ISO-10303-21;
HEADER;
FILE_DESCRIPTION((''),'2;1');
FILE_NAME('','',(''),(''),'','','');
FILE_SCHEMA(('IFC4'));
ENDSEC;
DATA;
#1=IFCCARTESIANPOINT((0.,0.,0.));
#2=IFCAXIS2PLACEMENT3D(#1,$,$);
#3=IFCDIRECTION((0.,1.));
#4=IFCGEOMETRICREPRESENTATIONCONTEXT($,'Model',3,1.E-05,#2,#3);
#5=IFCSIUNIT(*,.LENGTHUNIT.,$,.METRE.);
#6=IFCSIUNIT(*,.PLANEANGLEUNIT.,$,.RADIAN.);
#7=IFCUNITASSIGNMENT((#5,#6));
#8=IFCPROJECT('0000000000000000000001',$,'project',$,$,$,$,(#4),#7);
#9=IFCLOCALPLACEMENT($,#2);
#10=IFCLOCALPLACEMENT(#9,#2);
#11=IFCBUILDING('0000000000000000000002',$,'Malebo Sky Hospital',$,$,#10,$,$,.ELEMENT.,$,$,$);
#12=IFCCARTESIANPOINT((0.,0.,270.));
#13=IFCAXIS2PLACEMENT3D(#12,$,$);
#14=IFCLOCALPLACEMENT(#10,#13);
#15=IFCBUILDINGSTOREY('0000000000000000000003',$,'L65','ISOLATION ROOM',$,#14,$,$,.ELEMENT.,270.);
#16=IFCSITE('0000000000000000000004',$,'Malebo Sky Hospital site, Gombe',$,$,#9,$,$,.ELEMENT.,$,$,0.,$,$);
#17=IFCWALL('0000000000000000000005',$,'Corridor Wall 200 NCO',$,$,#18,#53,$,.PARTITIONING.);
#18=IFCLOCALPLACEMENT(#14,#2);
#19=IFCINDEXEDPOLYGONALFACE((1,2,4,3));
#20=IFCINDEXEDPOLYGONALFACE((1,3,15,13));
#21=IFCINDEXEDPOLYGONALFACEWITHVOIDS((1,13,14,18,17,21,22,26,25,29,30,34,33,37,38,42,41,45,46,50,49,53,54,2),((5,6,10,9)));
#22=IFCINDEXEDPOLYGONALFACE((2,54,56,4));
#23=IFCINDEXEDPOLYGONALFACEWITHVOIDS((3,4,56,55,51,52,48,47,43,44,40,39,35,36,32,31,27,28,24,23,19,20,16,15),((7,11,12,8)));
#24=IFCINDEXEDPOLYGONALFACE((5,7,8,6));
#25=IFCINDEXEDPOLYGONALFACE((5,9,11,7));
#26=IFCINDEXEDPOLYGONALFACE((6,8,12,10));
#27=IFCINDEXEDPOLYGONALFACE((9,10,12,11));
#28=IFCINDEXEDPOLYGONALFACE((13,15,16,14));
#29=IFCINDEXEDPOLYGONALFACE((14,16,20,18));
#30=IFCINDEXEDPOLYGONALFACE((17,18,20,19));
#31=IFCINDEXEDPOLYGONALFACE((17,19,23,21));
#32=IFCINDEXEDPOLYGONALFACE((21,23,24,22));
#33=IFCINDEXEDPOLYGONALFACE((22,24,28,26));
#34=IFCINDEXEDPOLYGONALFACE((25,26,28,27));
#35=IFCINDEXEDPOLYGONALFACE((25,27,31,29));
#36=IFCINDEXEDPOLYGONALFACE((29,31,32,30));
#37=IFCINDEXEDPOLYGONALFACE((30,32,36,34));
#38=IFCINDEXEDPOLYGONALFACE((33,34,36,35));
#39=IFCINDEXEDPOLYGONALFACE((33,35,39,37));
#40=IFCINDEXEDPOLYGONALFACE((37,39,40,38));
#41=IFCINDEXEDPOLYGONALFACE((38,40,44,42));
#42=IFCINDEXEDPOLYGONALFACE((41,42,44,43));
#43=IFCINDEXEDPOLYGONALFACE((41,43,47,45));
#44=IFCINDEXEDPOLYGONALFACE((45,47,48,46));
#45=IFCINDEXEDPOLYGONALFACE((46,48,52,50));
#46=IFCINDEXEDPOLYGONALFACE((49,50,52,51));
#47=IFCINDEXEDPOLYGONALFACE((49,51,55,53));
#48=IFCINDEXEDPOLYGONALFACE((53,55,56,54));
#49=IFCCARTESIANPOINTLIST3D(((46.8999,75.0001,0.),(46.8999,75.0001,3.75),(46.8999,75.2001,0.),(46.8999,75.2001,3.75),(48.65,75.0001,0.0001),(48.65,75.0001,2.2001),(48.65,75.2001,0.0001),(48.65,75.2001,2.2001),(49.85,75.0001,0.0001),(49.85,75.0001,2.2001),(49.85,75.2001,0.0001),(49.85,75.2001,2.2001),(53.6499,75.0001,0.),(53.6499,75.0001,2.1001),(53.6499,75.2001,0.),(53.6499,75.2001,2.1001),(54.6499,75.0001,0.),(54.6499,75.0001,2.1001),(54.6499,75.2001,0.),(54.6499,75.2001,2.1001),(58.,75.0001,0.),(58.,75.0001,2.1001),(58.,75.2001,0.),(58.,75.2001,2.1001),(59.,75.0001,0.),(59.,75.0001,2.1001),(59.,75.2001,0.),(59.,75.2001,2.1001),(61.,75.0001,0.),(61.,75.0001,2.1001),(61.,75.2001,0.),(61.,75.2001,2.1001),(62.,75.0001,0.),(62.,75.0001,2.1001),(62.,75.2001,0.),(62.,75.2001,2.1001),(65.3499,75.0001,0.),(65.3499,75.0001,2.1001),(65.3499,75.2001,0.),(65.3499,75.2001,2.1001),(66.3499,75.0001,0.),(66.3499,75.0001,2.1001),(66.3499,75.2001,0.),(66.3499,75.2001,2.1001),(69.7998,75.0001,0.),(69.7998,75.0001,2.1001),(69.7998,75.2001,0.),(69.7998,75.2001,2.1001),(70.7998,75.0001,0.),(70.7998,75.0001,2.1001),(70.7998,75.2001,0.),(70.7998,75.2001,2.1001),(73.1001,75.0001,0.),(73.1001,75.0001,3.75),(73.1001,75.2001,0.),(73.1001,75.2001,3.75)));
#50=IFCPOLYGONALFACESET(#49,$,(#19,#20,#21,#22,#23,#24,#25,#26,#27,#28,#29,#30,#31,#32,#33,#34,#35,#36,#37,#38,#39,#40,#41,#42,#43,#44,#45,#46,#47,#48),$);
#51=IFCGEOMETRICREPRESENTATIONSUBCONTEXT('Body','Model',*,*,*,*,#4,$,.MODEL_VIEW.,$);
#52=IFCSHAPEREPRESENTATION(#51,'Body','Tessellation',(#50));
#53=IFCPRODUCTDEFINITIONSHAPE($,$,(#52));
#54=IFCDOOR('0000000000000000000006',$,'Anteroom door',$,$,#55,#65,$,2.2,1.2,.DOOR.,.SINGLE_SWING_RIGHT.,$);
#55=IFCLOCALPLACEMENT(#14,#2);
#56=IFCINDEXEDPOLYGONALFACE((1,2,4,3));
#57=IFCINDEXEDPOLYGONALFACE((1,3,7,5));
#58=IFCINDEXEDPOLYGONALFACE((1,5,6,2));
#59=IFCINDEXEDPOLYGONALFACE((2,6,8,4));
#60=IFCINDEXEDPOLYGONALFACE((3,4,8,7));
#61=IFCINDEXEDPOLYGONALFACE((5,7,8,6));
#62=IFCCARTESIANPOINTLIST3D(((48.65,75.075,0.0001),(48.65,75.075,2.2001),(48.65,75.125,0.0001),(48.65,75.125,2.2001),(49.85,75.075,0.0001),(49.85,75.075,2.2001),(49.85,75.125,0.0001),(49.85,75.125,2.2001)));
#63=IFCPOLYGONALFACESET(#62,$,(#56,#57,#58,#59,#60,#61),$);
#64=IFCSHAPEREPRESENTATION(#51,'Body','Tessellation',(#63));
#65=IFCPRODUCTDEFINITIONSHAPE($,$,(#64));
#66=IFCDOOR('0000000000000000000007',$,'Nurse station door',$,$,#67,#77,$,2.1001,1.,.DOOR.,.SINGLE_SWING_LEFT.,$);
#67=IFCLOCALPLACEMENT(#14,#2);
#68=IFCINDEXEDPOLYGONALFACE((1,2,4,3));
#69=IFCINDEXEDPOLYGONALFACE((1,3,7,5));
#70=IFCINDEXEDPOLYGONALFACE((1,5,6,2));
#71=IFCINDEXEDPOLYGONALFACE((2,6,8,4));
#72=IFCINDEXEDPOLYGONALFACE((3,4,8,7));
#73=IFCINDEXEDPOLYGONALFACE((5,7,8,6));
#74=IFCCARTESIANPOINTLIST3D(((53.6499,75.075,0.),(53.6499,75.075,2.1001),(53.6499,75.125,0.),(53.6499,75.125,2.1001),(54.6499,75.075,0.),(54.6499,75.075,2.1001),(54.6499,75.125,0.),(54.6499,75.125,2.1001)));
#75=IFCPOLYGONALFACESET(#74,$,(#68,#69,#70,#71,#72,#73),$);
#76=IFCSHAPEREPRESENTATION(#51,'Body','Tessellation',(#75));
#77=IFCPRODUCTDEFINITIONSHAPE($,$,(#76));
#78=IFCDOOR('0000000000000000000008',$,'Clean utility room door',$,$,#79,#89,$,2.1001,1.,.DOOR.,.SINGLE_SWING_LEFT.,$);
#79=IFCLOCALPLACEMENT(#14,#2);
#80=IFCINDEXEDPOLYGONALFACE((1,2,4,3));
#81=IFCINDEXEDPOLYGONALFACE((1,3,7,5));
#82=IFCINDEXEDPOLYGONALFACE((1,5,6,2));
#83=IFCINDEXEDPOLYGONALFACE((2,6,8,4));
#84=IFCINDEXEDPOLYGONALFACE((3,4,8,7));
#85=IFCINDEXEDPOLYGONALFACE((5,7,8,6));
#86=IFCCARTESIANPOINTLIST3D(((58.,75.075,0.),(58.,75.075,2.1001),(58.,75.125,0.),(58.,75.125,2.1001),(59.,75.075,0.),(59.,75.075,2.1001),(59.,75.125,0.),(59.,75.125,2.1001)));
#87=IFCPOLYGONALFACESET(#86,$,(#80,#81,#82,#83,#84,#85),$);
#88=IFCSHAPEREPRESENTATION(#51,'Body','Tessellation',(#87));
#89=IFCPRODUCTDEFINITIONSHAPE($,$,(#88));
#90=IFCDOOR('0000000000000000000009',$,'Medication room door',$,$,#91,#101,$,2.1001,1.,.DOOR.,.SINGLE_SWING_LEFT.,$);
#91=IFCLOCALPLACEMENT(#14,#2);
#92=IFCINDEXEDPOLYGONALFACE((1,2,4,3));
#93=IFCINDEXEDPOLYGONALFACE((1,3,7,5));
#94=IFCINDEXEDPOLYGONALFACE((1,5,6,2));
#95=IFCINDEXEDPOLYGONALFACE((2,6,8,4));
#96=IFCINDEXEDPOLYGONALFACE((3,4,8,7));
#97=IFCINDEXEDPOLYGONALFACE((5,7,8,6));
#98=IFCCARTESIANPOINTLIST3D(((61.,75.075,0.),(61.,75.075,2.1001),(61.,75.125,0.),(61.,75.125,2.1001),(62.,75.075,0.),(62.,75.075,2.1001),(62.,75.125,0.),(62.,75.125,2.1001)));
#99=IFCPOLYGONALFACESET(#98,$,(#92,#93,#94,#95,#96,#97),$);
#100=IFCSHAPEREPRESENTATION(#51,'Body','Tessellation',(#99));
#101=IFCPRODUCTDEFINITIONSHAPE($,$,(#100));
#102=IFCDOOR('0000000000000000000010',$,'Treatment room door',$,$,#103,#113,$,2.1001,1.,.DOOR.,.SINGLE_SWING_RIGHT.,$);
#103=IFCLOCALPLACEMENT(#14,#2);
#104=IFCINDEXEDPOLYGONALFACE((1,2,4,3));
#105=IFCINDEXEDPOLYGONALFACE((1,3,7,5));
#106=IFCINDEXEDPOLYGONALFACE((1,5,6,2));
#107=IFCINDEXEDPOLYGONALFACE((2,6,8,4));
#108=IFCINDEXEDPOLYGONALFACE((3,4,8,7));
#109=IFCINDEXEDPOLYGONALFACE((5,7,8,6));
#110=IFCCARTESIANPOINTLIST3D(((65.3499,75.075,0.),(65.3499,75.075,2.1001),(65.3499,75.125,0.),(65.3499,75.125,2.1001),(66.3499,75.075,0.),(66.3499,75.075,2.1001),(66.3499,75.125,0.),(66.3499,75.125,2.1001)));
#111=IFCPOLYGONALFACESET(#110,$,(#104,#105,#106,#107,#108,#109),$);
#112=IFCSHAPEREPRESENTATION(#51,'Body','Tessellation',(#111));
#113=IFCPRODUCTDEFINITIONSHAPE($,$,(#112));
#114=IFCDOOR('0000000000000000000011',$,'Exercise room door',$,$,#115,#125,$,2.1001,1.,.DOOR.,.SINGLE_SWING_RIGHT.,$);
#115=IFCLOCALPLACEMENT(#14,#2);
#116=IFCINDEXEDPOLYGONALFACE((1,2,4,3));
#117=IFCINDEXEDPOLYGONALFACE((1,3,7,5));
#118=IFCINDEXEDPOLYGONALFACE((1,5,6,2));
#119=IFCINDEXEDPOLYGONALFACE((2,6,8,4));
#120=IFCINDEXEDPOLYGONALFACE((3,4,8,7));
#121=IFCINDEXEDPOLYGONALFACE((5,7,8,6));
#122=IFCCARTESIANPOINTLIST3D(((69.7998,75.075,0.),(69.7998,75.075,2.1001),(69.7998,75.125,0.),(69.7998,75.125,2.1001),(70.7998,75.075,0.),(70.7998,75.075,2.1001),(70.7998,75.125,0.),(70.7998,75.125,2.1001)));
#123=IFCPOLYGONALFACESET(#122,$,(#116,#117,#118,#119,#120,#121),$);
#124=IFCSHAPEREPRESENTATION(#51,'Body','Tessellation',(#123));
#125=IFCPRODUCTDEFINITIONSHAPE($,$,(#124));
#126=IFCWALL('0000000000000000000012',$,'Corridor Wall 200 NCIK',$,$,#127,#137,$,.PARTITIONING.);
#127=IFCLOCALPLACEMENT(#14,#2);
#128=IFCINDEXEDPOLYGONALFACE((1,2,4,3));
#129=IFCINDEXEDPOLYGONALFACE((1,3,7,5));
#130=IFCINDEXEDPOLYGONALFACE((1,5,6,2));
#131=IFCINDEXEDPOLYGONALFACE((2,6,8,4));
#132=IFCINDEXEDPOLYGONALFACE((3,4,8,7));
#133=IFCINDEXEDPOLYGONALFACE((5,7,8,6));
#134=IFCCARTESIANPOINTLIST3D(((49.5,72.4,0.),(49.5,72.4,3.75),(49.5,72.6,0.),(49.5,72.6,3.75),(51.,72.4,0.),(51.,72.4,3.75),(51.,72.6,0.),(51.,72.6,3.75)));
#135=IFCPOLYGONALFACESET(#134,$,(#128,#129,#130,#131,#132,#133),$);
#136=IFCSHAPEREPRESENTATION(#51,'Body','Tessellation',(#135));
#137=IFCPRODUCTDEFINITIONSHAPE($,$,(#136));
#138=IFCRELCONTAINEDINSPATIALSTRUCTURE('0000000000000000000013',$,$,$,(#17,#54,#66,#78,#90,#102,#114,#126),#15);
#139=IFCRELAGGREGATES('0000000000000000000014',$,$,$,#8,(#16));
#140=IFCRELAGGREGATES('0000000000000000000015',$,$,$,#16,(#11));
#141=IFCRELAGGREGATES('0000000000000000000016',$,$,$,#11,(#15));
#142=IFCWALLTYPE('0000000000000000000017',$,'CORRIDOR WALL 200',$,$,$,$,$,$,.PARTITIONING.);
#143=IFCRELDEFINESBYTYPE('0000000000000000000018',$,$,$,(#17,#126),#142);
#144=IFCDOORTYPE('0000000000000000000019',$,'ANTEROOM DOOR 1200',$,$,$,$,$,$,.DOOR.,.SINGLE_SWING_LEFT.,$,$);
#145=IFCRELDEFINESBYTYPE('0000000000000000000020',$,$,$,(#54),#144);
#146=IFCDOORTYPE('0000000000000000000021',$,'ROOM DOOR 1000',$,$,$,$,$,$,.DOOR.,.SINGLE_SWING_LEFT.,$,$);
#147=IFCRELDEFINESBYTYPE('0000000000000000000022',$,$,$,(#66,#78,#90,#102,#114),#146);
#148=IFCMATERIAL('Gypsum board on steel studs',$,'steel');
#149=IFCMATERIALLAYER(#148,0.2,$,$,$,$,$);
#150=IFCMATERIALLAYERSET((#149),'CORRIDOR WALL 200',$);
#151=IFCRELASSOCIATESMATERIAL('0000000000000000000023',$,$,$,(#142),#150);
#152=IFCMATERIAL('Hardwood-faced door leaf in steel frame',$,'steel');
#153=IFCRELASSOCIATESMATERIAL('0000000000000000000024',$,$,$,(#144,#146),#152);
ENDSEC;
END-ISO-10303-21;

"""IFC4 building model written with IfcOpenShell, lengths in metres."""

from ifc_helpers import new_model, si_unit, direction, frame, frame_2d, origin, place, context, subcontext, project, spatial, rectangle, extrude, material, layer, layer_set, type_object, element, fill, save


model = new_model("IFC4")

# Units and contexts
model_context = context("Model", 3, precision=1e-05, world=origin(), true_north=direction((0.0, 1.0)))
body_context = subcontext(model_context, "Body", "Model", "MODEL_VIEW")
ifc_project = project(units=[si_unit("LENGTHUNIT", "METRE"), si_unit("PLANEANGLEUNIT", "RADIAN")], contexts=[model_context])

# Site, building, storey
site_placement = place(None, origin())
site = spatial("IfcSite", under=ifc_project, at=site_placement, Name="Malebo Sky Hospital site, Gombe", CompositionType="ELEMENT", RefElevation=0.0)
building_placement = place(site_placement, origin())
building = spatial("IfcBuilding", under=site, at=building_placement, Name="Malebo Sky Hospital", CompositionType="ELEMENT")
storey_placement = place(building_placement, frame((0.0, 0.0, 270.0)))
storey = spatial("IfcBuildingStorey", under=building, at=storey_placement, Name="L65", Description="ISOLATION ROOM", CompositionType="ELEMENT", Elevation=270.0)

# Wall, openings, doors
ifc_material_1 = material(Name="Gypsum board on steel studs", Category="steel")
ifc_layer_1 = layer(ifc_material_1, 0.2)
ifc_layer_set_1 = layer_set([ifc_layer_1], Name="CORRIDOR WALL 200")
wall_type_1 = type_object("IfcWallType", Name="CORRIDOR WALL 200", PredefinedType="PARTITIONING", material=ifc_layer_set_1)
wall_1_placement = place(storey_placement, frame((46.8999, 75.1001, 0.0), z_axis=(0.0, 0.0, 1.0), x_axis=(1.0, 0.0, 0.0)))
wall_1 = element("IfcWall", 1, at=wall_1_placement, inside=storey, type_object=wall_type_1, Name="Corridor Wall 200 NCO", PredefinedType="PARTITIONING", context=body_context, shape_type="SweptSolid", body=[
    extrude(rectangle(XDim=26.2002, YDim=0.2, at=frame_2d((13.1001, 0.0))), origin(), (0.0, 0.0, 1.0), 3.75),
])
opening_1_placement = place(wall_1_placement, frame((1.75, 0.0, 0.0)))
opening_1 = element("IfcOpeningElement", 2, at=opening_1_placement, cuts=wall_1, PredefinedType="OPENING", context=body_context, shape_type="SweptSolid", body=[
    extrude(rectangle(XDim=1.2, YDim=2.2, at=frame_2d((0.6001, 1.1001))), frame((0.0, 0.1099, 0.0), z_axis=(0.0, -1.0, 0.0), x_axis=(1.0, 0.0, 0.0)), (0.0, 0.0, 1.0), 0.22),
])
opening_2_placement = place(wall_1_placement, frame((6.75, 0.0, 0.0)))
opening_2 = element("IfcOpeningElement", 3, at=opening_2_placement, cuts=wall_1, PredefinedType="OPENING", context=body_context, shape_type="SweptSolid", body=[
    extrude(rectangle(XDim=1.0, YDim=2.1001, at=frame_2d((0.5, 1.05))), frame((0.0, 0.1099, 0.0), z_axis=(0.0, -1.0, 0.0), x_axis=(1.0, 0.0, 0.0)), (0.0, 0.0, 1.0), 0.22),
])
opening_3_placement = place(wall_1_placement, frame((11.1001, 0.0, 0.0)))
opening_3 = element("IfcOpeningElement", 4, at=opening_3_placement, cuts=wall_1, PredefinedType="OPENING", context=body_context, shape_type="SweptSolid", body=[
    extrude(rectangle(XDim=1.0, YDim=2.1001, at=frame_2d((0.5, 1.05))), frame((0.0, 0.1099, 0.0), z_axis=(0.0, -1.0, 0.0), x_axis=(1.0, 0.0, 0.0)), (0.0, 0.0, 1.0), 0.22),
])
opening_4_placement = place(wall_1_placement, frame((14.1001, 0.0, 0.0)))
opening_4 = element("IfcOpeningElement", 5, at=opening_4_placement, cuts=wall_1, PredefinedType="OPENING", context=body_context, shape_type="SweptSolid", body=[
    extrude(rectangle(XDim=1.0, YDim=2.1001, at=frame_2d((0.5, 1.05))), frame((0.0, 0.1099, 0.0), z_axis=(0.0, -1.0, 0.0), x_axis=(1.0, 0.0, 0.0)), (0.0, 0.0, 1.0), 0.22),
])
opening_5_placement = place(wall_1_placement, frame((18.45, 0.0, 0.0)))
opening_5 = element("IfcOpeningElement", 6, at=opening_5_placement, cuts=wall_1, PredefinedType="OPENING", context=body_context, shape_type="SweptSolid", body=[
    extrude(rectangle(XDim=1.0, YDim=2.1001, at=frame_2d((0.5, 1.05))), frame((0.0, 0.1099, 0.0), z_axis=(0.0, -1.0, 0.0), x_axis=(1.0, 0.0, 0.0)), (0.0, 0.0, 1.0), 0.22),
])
opening_6_placement = place(wall_1_placement, frame((22.8999, 0.0, 0.0)))
opening_6 = element("IfcOpeningElement", 7, at=opening_6_placement, cuts=wall_1, PredefinedType="OPENING", context=body_context, shape_type="SweptSolid", body=[
    extrude(rectangle(XDim=1.0, YDim=2.1001, at=frame_2d((0.5, 1.05))), frame((0.0, 0.1099, 0.0), z_axis=(0.0, -1.0, 0.0), x_axis=(1.0, 0.0, 0.0)), (0.0, 0.0, 1.0), 0.22),
])
ifc_material_2 = material(Name="Hardwood-faced door leaf in steel frame", Category="steel")
door_type_1 = type_object("IfcDoorType", Name="ANTEROOM DOOR 1200", OperationType="SINGLE_SWING_LEFT", PredefinedType="DOOR", material=ifc_material_2)
door_1_placement = place(opening_1_placement, origin())
door_1 = element("IfcDoor", 8, at=door_1_placement, inside=storey, type_object=door_type_1, Name="Anteroom door", OperationType="SINGLE_SWING_RIGHT", OverallHeight=2.2, OverallWidth=1.2, PredefinedType="DOOR", context=body_context, shape_type="SweptSolid", body=[
    extrude(rectangle(XDim=1.2, YDim=2.2, at=frame_2d((0.6001, 1.1001))), frame((0.0, 0.0249, 0.0), z_axis=(0.0, -1.0, 0.0), x_axis=(1.0, 0.0, 0.0)), (0.0, 0.0, 1.0), 0.05),
])
fill(opening_1, door_1)
door_type_2 = type_object("IfcDoorType", Name="ROOM DOOR 1000", OperationType="SINGLE_SWING_LEFT", PredefinedType="DOOR", material=ifc_material_2)
door_2_placement = place(opening_2_placement, origin())
door_2 = element("IfcDoor", 9, at=door_2_placement, inside=storey, type_object=door_type_2, Name="Nurse station door", OperationType="SINGLE_SWING_LEFT", OverallHeight=2.1001, OverallWidth=1.0, PredefinedType="DOOR", context=body_context, shape_type="SweptSolid", body=[
    extrude(rectangle(XDim=1.0, YDim=2.1001, at=frame_2d((0.5, 1.05))), frame((0.0, 0.0249, 0.0), z_axis=(0.0, -1.0, 0.0), x_axis=(1.0, 0.0, 0.0)), (0.0, 0.0, 1.0), 0.05),
])
fill(opening_2, door_2)
door_3_placement = place(opening_3_placement, origin())
door_3 = element("IfcDoor", 10, at=door_3_placement, inside=storey, type_object=door_type_2, Name="Clean utility room door", OperationType="SINGLE_SWING_LEFT", OverallHeight=2.1001, OverallWidth=1.0, PredefinedType="DOOR", context=body_context, shape_type="SweptSolid", body=[
    extrude(rectangle(XDim=1.0, YDim=2.1001, at=frame_2d((0.5, 1.05))), frame((0.0, 0.0249, 0.0), z_axis=(0.0, -1.0, 0.0), x_axis=(1.0, 0.0, 0.0)), (0.0, 0.0, 1.0), 0.05),
])
fill(opening_3, door_3)
door_4_placement = place(opening_4_placement, origin())
door_4 = element("IfcDoor", 11, at=door_4_placement, inside=storey, type_object=door_type_2, Name="Medication room door", OperationType="SINGLE_SWING_LEFT", OverallHeight=2.1001, OverallWidth=1.0, PredefinedType="DOOR", context=body_context, shape_type="SweptSolid", body=[
    extrude(rectangle(XDim=1.0, YDim=2.1001, at=frame_2d((0.5, 1.05))), frame((0.0, 0.0249, 0.0), z_axis=(0.0, -1.0, 0.0), x_axis=(1.0, 0.0, 0.0)), (0.0, 0.0, 1.0), 0.05),
])
fill(opening_4, door_4)
door_5_placement = place(opening_5_placement, origin())
door_5 = element("IfcDoor", 12, at=door_5_placement, inside=storey, type_object=door_type_2, Name="Treatment room door", OperationType="SINGLE_SWING_RIGHT", OverallHeight=2.1001, OverallWidth=1.0, PredefinedType="DOOR", context=body_context, shape_type="SweptSolid", body=[
    extrude(rectangle(XDim=1.0, YDim=2.1001, at=frame_2d((0.5, 1.05))), frame((0.0, 0.0249, 0.0), z_axis=(0.0, -1.0, 0.0), x_axis=(1.0, 0.0, 0.0)), (0.0, 0.0, 1.0), 0.05),
])
fill(opening_5, door_5)
door_6_placement = place(opening_6_placement, origin())
door_6 = element("IfcDoor", 13, at=door_6_placement, inside=storey, type_object=door_type_2, Name="Exercise room door", OperationType="SINGLE_SWING_RIGHT", OverallHeight=2.1001, OverallWidth=1.0, PredefinedType="DOOR", context=body_context, shape_type="SweptSolid", body=[
    extrude(rectangle(XDim=1.0, YDim=2.1001, at=frame_2d((0.5, 1.05))), frame((0.0, 0.0249, 0.0), z_axis=(0.0, -1.0, 0.0), x_axis=(1.0, 0.0, 0.0)), (0.0, 0.0, 1.0), 0.05),
])
fill(opening_6, door_6)

# Wall
wall_2_placement = place(storey_placement, frame((49.5, 72.5, 0.0), z_axis=(0.0, 0.0, 1.0), x_axis=(1.0, 0.0, 0.0)))
element("IfcWall", 14, at=wall_2_placement, inside=storey, type_object=wall_type_1, Name="Corridor Wall 200 NCIK", PredefinedType="PARTITIONING", context=body_context, shape_type="SweptSolid", body=[
    extrude(rectangle(XDim=1.5, YDim=0.2, at=frame_2d((0.75, 0.0))), origin(), (0.0, 0.0, 1.0), 3.75),
])

save(model, "model.ifc")
